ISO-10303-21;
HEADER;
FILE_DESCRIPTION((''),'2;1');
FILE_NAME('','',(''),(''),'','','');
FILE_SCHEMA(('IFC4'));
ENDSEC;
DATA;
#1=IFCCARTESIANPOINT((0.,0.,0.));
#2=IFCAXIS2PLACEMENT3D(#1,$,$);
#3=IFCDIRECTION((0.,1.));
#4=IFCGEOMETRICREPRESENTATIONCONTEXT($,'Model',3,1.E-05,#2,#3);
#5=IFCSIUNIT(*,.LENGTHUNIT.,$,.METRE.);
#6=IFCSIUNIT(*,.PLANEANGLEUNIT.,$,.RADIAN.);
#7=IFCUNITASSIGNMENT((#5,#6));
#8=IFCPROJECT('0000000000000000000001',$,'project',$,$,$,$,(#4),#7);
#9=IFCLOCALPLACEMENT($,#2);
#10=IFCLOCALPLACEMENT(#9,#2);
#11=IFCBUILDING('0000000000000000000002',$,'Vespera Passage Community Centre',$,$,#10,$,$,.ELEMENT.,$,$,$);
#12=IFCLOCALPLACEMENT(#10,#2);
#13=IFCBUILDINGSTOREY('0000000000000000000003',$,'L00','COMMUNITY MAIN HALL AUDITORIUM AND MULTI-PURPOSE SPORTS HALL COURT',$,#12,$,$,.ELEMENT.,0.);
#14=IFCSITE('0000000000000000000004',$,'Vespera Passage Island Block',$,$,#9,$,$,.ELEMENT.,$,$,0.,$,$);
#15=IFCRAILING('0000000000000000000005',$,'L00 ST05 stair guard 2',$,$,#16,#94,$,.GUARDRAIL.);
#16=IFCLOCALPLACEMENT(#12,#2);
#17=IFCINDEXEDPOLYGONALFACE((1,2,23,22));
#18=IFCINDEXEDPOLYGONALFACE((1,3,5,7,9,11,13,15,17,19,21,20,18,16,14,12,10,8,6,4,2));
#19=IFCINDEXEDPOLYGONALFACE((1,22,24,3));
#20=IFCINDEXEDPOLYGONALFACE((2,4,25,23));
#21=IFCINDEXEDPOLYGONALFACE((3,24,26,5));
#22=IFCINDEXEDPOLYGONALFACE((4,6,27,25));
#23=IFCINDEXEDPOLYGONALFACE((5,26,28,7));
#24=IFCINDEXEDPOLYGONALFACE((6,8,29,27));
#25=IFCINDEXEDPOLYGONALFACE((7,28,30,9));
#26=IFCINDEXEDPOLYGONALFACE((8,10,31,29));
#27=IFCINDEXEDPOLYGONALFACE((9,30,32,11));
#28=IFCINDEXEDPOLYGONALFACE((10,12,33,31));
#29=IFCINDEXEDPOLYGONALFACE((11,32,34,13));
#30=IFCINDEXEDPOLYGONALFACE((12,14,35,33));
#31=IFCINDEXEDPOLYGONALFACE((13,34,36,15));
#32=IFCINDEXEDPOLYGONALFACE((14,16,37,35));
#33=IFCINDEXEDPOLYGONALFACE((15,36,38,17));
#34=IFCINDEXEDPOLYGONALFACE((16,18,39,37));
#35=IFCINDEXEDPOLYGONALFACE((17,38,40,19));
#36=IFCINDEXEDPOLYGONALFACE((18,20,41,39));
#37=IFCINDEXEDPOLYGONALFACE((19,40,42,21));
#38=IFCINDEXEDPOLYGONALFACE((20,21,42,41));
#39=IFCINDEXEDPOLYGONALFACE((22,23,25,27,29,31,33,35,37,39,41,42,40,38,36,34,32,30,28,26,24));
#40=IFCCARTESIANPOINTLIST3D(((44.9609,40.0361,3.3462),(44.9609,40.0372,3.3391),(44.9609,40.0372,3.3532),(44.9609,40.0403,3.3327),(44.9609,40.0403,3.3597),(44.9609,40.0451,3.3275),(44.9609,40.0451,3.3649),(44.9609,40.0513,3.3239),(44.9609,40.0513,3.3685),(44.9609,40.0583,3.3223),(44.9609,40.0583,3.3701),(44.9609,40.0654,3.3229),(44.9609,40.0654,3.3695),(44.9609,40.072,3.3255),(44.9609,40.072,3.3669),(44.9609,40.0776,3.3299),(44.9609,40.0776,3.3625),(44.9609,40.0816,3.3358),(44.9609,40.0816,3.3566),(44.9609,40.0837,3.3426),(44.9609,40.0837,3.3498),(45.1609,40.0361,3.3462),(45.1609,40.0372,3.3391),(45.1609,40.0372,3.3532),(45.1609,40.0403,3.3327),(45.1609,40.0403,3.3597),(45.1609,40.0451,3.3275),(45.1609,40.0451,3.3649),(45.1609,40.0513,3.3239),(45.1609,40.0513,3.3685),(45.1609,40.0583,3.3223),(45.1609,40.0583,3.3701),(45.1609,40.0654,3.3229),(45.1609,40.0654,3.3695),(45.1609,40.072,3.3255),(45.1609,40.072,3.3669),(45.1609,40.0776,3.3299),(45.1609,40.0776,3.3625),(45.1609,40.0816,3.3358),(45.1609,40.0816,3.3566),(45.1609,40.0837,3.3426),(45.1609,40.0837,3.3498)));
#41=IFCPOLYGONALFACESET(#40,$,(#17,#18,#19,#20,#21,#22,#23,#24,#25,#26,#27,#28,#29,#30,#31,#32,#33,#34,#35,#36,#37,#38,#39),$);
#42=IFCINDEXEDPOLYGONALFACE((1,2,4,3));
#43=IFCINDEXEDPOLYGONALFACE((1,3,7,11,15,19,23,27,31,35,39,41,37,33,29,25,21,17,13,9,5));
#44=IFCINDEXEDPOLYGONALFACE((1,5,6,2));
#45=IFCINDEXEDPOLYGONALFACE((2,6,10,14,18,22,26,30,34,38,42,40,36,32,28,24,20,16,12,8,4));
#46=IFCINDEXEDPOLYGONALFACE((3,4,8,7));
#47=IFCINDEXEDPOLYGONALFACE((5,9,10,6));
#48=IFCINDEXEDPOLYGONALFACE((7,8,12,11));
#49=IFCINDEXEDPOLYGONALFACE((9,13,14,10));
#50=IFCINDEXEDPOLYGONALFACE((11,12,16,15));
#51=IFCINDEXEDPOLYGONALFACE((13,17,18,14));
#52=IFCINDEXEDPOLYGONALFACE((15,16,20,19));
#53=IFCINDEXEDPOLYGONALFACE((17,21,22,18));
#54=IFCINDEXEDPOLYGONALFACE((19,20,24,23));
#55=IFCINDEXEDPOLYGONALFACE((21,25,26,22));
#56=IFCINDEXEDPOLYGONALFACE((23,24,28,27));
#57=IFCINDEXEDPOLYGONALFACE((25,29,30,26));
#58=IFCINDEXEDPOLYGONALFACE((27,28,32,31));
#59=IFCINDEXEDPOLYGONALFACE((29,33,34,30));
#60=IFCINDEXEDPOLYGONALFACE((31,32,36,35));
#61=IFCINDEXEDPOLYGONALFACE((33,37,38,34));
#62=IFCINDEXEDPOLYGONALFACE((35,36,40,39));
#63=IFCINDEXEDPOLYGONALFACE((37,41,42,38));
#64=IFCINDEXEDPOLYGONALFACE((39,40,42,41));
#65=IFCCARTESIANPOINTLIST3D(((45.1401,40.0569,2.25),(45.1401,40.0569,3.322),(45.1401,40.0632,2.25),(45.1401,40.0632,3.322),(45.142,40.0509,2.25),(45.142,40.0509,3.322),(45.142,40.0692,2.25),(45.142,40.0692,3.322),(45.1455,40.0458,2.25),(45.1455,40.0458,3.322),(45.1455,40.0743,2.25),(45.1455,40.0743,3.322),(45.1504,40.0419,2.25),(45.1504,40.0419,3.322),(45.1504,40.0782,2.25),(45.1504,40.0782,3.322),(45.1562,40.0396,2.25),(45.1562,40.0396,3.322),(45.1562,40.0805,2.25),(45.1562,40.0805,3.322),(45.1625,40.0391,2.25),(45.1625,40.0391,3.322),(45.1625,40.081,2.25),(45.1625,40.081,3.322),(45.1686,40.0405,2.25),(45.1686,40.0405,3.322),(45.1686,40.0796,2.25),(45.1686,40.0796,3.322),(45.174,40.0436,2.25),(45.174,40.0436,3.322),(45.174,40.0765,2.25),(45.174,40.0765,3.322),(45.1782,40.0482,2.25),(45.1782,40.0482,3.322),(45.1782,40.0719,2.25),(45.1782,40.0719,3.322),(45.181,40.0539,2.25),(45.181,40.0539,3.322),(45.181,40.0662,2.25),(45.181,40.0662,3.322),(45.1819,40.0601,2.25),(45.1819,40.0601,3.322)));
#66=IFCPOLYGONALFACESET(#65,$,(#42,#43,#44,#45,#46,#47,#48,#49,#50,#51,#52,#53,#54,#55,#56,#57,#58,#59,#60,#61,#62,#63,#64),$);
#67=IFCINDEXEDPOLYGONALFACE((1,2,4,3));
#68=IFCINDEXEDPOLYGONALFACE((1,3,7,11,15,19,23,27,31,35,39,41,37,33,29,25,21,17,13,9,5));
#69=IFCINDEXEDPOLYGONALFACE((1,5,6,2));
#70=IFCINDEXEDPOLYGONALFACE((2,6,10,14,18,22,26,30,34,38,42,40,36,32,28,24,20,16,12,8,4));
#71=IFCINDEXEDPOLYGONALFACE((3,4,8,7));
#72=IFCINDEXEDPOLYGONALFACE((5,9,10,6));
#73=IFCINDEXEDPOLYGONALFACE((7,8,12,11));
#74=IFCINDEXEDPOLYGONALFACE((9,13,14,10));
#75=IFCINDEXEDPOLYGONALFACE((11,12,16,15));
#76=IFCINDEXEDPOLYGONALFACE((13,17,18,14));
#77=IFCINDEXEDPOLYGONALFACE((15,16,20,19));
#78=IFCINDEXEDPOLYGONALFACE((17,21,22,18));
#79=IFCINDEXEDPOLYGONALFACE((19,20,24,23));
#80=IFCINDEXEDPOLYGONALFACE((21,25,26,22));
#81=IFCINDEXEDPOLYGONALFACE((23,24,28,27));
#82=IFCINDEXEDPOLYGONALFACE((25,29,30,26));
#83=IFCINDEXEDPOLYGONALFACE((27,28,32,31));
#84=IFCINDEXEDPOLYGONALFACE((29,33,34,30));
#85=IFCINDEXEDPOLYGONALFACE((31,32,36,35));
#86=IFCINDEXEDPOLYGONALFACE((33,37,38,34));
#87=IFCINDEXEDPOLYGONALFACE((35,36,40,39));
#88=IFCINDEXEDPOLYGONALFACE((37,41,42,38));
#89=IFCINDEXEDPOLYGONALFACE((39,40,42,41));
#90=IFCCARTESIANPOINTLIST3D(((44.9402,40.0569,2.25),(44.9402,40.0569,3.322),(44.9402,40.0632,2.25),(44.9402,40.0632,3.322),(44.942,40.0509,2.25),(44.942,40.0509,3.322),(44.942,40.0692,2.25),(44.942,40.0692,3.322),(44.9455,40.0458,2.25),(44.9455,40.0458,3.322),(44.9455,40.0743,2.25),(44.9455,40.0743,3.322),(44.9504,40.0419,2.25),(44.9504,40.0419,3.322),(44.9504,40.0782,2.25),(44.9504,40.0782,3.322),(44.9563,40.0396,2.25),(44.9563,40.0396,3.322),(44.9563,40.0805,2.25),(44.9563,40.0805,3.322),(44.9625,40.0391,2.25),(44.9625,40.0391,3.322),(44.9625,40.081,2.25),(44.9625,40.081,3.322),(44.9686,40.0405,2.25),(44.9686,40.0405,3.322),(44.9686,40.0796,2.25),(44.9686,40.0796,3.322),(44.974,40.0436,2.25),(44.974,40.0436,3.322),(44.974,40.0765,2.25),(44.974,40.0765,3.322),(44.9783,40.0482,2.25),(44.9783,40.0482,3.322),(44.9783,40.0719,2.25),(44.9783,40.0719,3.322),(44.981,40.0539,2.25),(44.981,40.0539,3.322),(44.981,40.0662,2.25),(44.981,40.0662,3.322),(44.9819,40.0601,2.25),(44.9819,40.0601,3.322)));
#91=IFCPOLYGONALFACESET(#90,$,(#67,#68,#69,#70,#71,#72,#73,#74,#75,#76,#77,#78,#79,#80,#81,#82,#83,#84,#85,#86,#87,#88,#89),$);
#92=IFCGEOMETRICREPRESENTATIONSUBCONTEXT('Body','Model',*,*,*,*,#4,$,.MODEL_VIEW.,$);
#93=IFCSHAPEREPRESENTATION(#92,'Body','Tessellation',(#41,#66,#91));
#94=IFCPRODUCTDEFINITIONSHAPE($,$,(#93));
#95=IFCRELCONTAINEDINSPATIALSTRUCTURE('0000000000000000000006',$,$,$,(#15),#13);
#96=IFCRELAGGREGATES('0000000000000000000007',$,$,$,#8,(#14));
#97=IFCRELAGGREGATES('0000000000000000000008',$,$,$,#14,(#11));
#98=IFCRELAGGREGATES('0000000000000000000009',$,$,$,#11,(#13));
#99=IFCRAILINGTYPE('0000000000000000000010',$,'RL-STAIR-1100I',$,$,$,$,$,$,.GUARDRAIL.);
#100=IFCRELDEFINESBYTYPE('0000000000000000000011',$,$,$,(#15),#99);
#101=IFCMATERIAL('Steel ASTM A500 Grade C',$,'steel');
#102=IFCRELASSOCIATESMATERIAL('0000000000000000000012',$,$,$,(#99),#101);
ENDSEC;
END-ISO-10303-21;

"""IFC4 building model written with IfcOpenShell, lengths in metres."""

from ifc_helpers import new_model, si_unit, direction, frame, origin, origin_2d, place, context, subcontext, project, spatial, circle, extrude, material, type_object, element, save


model = new_model("IFC4")

# Units and contexts
model_context = context("Model", 3, precision=1e-05, world=origin(), true_north=direction((0.0, 1.0)))
body_context = subcontext(model_context, "Body", "Model", "MODEL_VIEW")
ifc_project = project(units=[si_unit("LENGTHUNIT", "METRE"), si_unit("PLANEANGLEUNIT", "RADIAN")], contexts=[model_context])

# Site, building, storey
site_placement = place(None, origin())
site = spatial("IfcSite", under=ifc_project, at=site_placement, Name="Vespera Passage Island Block", CompositionType="ELEMENT", RefElevation=0.0)
building_placement = place(site_placement, origin())
building = spatial("IfcBuilding", under=site, at=building_placement, Name="Vespera Passage Community Centre", CompositionType="ELEMENT")
storey_placement = place(building_placement, origin())
storey = spatial("IfcBuildingStorey", under=building, at=storey_placement, Name="L00", Description="COMMUNITY MAIN HALL AUDITORIUM AND MULTI-PURPOSE SPORTS HALL COURT", CompositionType="ELEMENT", Elevation=0.0)

# Railing
ifc_material_1 = material(Name="Steel ASTM A500 Grade C", Category="steel")
railing_type_1 = type_object("IfcRailingType", Name="RL-STAIR-1100I", PredefinedType="GUARDRAIL", material=ifc_material_1)
railing_1_placement = place(storey_placement, frame((45.1609, 40.0601, 2.25)))
element("IfcRailing", 1, at=railing_1_placement, inside=storey, type_object=railing_type_1, Name="L00 ST05 stair guard 2", PredefinedType="GUARDRAIL", context=body_context, shape_type="SweptSolid", body=[
    extrude(circle(Radius=0.0239, at=origin_2d()), frame((0.0, 0.0, 1.0962), z_axis=(-1.0, 0.0, 0.0), x_axis=(0.0, -1.0, 0.0)), (0.0, 0.0, 1.0), 0.2),
    extrude(circle(Radius=0.021, at=origin_2d()), origin(), (0.0, 0.0, 1.0), 1.072),
    extrude(circle(Radius=0.021, at=origin_2d()), frame((-0.2, 0.0, 0.0)), (0.0, 0.0, 1.0), 1.072),
])

save(model, "model.ifc")
